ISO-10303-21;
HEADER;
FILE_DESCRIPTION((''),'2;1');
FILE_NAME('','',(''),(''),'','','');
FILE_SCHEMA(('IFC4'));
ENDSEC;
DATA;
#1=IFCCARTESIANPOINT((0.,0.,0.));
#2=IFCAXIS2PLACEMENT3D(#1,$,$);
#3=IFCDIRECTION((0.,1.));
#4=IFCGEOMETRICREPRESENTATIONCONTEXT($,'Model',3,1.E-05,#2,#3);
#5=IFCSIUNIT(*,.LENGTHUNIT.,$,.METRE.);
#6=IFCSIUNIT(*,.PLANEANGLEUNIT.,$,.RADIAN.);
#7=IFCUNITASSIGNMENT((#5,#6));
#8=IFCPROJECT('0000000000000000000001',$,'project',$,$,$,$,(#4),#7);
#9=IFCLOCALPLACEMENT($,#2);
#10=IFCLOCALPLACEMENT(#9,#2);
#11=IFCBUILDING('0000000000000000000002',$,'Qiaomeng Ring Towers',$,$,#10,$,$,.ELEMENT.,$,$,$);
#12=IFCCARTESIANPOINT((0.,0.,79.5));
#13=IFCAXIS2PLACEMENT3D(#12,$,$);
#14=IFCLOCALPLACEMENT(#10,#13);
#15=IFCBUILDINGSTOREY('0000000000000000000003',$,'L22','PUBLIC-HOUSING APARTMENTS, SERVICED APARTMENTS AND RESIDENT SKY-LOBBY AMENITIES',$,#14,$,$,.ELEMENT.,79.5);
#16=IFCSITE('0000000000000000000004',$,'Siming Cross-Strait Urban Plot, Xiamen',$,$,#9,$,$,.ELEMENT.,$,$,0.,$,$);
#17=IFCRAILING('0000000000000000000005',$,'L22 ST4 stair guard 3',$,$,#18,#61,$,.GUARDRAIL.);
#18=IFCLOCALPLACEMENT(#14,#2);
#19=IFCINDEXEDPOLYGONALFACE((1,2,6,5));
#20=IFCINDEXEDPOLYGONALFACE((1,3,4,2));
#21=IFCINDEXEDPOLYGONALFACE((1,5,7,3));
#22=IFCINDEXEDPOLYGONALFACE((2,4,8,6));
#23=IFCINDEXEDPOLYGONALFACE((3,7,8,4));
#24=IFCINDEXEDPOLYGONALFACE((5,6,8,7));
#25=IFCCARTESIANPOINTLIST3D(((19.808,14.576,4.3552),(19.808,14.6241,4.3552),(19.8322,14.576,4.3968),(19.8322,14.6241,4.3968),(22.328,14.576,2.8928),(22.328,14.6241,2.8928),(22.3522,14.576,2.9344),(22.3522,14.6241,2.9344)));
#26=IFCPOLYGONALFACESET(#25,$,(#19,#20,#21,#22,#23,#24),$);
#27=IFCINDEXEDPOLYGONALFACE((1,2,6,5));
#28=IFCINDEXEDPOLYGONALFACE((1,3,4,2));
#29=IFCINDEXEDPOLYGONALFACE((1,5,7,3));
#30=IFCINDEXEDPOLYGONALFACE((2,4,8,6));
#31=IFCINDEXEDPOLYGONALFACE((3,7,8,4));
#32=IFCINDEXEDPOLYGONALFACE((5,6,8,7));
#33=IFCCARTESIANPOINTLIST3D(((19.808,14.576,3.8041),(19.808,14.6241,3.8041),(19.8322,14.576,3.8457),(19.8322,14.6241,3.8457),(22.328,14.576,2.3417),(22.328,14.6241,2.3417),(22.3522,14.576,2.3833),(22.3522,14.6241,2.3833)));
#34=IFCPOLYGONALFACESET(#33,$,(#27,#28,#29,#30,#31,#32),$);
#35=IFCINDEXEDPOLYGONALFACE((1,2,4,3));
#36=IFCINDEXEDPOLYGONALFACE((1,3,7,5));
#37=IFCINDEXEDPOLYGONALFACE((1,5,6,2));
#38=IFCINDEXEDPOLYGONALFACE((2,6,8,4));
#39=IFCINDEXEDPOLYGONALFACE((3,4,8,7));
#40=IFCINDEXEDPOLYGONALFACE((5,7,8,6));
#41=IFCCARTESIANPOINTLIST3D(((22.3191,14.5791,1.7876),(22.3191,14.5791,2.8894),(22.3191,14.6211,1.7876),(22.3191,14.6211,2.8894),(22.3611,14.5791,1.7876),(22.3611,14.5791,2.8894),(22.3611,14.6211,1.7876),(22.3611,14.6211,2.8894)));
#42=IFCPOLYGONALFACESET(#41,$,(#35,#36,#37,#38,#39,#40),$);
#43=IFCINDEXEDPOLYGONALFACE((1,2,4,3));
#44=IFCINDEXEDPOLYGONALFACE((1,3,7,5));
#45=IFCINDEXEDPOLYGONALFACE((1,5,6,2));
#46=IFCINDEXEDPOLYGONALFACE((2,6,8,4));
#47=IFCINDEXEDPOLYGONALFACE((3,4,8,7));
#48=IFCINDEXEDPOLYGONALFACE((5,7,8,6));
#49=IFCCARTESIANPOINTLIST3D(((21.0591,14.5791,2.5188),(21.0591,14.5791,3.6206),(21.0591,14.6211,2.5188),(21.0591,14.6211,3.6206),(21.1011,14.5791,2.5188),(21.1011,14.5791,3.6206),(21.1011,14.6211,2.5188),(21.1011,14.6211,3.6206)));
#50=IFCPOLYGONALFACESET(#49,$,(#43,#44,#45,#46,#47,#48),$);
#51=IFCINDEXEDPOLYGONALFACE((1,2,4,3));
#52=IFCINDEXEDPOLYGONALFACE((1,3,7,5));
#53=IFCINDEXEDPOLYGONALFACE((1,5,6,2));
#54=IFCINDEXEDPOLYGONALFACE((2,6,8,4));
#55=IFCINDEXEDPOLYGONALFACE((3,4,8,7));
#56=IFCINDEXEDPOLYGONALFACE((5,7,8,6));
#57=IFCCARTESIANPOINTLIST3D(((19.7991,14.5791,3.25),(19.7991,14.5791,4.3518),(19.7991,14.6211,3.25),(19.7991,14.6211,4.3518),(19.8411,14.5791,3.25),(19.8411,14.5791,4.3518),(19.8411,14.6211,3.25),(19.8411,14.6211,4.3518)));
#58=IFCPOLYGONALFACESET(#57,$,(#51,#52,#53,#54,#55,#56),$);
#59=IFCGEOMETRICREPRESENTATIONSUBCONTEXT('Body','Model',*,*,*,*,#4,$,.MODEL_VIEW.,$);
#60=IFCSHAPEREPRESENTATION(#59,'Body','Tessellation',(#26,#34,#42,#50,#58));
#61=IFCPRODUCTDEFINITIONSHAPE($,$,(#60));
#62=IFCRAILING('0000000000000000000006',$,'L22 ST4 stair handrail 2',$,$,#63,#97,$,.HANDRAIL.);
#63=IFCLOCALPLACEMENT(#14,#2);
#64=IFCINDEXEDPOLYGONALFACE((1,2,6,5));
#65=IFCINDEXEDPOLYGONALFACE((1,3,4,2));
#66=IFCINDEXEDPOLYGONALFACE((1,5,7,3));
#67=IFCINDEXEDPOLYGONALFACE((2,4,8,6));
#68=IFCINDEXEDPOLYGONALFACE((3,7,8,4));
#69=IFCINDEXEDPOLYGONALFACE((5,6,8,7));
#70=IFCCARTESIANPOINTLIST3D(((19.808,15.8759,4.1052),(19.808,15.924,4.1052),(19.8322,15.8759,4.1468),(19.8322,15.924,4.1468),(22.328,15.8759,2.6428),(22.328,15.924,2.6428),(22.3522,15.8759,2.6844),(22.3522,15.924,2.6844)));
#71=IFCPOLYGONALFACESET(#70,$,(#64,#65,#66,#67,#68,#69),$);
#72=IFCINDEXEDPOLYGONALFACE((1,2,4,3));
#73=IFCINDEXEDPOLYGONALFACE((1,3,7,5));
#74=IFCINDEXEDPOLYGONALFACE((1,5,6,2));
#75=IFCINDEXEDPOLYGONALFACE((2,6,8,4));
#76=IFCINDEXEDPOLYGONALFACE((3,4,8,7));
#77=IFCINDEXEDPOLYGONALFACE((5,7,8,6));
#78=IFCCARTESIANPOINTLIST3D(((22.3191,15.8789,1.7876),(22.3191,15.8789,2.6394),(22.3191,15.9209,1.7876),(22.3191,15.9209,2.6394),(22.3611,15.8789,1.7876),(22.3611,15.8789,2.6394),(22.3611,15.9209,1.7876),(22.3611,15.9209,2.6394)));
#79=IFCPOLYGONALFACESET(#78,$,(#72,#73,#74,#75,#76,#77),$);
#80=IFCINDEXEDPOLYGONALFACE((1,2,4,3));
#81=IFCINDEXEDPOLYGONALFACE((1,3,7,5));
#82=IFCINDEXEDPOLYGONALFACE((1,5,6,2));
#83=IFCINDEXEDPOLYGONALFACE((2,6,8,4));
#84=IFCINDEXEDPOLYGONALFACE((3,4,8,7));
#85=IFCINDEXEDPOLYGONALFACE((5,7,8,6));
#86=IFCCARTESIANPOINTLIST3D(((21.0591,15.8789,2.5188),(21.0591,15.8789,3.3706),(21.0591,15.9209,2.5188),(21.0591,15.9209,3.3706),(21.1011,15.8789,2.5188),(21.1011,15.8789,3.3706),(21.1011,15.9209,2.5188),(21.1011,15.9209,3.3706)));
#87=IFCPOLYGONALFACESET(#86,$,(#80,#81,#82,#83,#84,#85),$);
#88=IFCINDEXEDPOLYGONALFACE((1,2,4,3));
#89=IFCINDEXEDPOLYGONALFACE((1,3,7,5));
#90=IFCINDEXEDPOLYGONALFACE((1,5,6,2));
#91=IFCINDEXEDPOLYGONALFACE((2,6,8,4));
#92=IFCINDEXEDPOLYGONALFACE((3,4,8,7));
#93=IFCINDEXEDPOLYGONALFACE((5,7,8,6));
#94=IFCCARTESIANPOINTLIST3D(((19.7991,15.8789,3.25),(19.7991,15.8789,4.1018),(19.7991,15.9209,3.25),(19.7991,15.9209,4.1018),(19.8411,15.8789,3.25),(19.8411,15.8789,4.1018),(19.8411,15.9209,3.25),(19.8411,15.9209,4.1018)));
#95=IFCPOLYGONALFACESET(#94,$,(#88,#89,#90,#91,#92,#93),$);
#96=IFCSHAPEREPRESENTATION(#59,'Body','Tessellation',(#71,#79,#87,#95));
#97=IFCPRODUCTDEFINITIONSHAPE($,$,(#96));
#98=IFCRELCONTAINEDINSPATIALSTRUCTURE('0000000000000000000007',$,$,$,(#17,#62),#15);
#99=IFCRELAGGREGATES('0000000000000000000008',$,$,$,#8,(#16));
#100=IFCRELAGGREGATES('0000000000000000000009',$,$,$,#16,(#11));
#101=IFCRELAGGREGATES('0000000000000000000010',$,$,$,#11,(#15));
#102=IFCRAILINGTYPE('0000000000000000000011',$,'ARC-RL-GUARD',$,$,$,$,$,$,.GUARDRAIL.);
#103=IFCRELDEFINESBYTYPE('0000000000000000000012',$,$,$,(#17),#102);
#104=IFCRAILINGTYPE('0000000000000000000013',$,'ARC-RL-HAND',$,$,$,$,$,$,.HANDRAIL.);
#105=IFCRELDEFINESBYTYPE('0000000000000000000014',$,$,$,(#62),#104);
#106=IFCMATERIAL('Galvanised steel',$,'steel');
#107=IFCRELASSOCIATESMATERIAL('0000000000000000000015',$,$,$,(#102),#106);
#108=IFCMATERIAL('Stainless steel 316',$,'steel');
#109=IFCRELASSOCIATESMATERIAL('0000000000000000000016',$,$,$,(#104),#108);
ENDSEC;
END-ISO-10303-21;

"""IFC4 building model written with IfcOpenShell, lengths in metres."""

from ifc_helpers import new_model, si_unit, direction, frame, origin, origin_2d, place, context, subcontext, project, spatial, rectangle, extrude, material, type_object, element, save


model = new_model("IFC4")

# Units and contexts
model_context = context("Model", 3, precision=1e-05, world=origin(), true_north=direction((0.0, 1.0)))
body_context = subcontext(model_context, "Body", "Model", "MODEL_VIEW")
ifc_project = project(units=[si_unit("LENGTHUNIT", "METRE"), si_unit("PLANEANGLEUNIT", "RADIAN")], contexts=[model_context])

# Site, building, storey
site_placement = place(None, origin())
site = spatial("IfcSite", under=ifc_project, at=site_placement, Name="Siming Cross-Strait Urban Plot, Xiamen", CompositionType="ELEMENT", RefElevation=0.0)
building_placement = place(site_placement, origin())
building = spatial("IfcBuilding", under=site, at=building_placement, Name="Qiaomeng Ring Towers", CompositionType="ELEMENT")
storey_placement = place(building_placement, frame((0.0, 0.0, 79.5)))
storey = spatial("IfcBuildingStorey", under=building, at=storey_placement, Name="L22", Description="PUBLIC-HOUSING APARTMENTS, SERVICED APARTMENTS AND RESIDENT SKY-LOBBY AMENITIES", CompositionType="ELEMENT", Elevation=79.5)

# Shared definitions
ifc_material_1 = material(Name="Galvanised steel", Category="steel")

# Shared definitions
ifc_material_2 = material(Name="Stainless steel 316", Category="steel")

# Railings
railing_type_1 = type_object("IfcRailingType", Name="ARC-RL-GUARD", PredefinedType="GUARDRAIL", material=ifc_material_1)
railing_1_placement = place(storey_placement, frame((22.3401, 14.6001, 1.7876)))
element("IfcRailing", 1, at=railing_1_placement, inside=storey, type_object=railing_type_1, Name="L22 ST4 stair guard 3", PredefinedType="GUARDRAIL", context=body_context, shape_type="SweptSolid", body=[
    extrude(rectangle(XDim=0.0481, YDim=0.0481, at=origin_2d()), frame((0.0, 0.0, 1.126), z_axis=(-0.864913, 0.0, 0.501921), x_axis=(0.0, -1.0, 0.0)), (0.0, 0.0, 1.0), 2.9136),
    extrude(rectangle(XDim=0.0481, YDim=0.0481, at=origin_2d()), frame((0.0, 0.0, 0.575), z_axis=(-0.864913, 0.0, 0.501921), x_axis=(0.0, -1.0, 0.0)), (0.0, 0.0, 1.0), 2.9136),
    extrude(rectangle(XDim=0.042, YDim=0.042, at=origin_2d()), origin(), (0.0, 0.0, 1.0), 1.1018),
    extrude(rectangle(XDim=0.042, YDim=0.042, at=origin_2d()), frame((-1.26, 0.0, 0.7312)), (0.0, 0.0, 1.0), 1.1018),
    extrude(rectangle(XDim=0.042, YDim=0.042, at=origin_2d()), frame((-2.52, 0.0, 1.4624)), (0.0, 0.0, 1.0), 1.1018),
])
railing_type_2 = type_object("IfcRailingType", Name="ARC-RL-HAND", PredefinedType="HANDRAIL", material=ifc_material_2)
railing_2_placement = place(storey_placement, frame((22.3401, 15.8999, 1.7876)))
element("IfcRailing", 2, at=railing_2_placement, inside=storey, type_object=railing_type_2, Name="L22 ST4 stair handrail 2", PredefinedType="HANDRAIL", context=body_context, shape_type="SweptSolid", body=[
    extrude(rectangle(XDim=0.0481, YDim=0.0481, at=origin_2d()), frame((0.0, 0.0, 0.876), z_axis=(-0.864913, 0.0, 0.501921), x_axis=(0.0, -1.0, 0.0)), (0.0, 0.0, 1.0), 2.9136),
    extrude(rectangle(XDim=0.042, YDim=0.042, at=origin_2d()), origin(), (0.0, 0.0, 1.0), 0.8518),
    extrude(rectangle(XDim=0.042, YDim=0.042, at=origin_2d()), frame((-1.26, 0.0, 0.7312)), (0.0, 0.0, 1.0), 0.8518),
    extrude(rectangle(XDim=0.042, YDim=0.042, at=origin_2d()), frame((-2.52, 0.0, 1.4624)), (0.0, 0.0, 1.0), 0.8518),
])

save(model, "model.ifc")
